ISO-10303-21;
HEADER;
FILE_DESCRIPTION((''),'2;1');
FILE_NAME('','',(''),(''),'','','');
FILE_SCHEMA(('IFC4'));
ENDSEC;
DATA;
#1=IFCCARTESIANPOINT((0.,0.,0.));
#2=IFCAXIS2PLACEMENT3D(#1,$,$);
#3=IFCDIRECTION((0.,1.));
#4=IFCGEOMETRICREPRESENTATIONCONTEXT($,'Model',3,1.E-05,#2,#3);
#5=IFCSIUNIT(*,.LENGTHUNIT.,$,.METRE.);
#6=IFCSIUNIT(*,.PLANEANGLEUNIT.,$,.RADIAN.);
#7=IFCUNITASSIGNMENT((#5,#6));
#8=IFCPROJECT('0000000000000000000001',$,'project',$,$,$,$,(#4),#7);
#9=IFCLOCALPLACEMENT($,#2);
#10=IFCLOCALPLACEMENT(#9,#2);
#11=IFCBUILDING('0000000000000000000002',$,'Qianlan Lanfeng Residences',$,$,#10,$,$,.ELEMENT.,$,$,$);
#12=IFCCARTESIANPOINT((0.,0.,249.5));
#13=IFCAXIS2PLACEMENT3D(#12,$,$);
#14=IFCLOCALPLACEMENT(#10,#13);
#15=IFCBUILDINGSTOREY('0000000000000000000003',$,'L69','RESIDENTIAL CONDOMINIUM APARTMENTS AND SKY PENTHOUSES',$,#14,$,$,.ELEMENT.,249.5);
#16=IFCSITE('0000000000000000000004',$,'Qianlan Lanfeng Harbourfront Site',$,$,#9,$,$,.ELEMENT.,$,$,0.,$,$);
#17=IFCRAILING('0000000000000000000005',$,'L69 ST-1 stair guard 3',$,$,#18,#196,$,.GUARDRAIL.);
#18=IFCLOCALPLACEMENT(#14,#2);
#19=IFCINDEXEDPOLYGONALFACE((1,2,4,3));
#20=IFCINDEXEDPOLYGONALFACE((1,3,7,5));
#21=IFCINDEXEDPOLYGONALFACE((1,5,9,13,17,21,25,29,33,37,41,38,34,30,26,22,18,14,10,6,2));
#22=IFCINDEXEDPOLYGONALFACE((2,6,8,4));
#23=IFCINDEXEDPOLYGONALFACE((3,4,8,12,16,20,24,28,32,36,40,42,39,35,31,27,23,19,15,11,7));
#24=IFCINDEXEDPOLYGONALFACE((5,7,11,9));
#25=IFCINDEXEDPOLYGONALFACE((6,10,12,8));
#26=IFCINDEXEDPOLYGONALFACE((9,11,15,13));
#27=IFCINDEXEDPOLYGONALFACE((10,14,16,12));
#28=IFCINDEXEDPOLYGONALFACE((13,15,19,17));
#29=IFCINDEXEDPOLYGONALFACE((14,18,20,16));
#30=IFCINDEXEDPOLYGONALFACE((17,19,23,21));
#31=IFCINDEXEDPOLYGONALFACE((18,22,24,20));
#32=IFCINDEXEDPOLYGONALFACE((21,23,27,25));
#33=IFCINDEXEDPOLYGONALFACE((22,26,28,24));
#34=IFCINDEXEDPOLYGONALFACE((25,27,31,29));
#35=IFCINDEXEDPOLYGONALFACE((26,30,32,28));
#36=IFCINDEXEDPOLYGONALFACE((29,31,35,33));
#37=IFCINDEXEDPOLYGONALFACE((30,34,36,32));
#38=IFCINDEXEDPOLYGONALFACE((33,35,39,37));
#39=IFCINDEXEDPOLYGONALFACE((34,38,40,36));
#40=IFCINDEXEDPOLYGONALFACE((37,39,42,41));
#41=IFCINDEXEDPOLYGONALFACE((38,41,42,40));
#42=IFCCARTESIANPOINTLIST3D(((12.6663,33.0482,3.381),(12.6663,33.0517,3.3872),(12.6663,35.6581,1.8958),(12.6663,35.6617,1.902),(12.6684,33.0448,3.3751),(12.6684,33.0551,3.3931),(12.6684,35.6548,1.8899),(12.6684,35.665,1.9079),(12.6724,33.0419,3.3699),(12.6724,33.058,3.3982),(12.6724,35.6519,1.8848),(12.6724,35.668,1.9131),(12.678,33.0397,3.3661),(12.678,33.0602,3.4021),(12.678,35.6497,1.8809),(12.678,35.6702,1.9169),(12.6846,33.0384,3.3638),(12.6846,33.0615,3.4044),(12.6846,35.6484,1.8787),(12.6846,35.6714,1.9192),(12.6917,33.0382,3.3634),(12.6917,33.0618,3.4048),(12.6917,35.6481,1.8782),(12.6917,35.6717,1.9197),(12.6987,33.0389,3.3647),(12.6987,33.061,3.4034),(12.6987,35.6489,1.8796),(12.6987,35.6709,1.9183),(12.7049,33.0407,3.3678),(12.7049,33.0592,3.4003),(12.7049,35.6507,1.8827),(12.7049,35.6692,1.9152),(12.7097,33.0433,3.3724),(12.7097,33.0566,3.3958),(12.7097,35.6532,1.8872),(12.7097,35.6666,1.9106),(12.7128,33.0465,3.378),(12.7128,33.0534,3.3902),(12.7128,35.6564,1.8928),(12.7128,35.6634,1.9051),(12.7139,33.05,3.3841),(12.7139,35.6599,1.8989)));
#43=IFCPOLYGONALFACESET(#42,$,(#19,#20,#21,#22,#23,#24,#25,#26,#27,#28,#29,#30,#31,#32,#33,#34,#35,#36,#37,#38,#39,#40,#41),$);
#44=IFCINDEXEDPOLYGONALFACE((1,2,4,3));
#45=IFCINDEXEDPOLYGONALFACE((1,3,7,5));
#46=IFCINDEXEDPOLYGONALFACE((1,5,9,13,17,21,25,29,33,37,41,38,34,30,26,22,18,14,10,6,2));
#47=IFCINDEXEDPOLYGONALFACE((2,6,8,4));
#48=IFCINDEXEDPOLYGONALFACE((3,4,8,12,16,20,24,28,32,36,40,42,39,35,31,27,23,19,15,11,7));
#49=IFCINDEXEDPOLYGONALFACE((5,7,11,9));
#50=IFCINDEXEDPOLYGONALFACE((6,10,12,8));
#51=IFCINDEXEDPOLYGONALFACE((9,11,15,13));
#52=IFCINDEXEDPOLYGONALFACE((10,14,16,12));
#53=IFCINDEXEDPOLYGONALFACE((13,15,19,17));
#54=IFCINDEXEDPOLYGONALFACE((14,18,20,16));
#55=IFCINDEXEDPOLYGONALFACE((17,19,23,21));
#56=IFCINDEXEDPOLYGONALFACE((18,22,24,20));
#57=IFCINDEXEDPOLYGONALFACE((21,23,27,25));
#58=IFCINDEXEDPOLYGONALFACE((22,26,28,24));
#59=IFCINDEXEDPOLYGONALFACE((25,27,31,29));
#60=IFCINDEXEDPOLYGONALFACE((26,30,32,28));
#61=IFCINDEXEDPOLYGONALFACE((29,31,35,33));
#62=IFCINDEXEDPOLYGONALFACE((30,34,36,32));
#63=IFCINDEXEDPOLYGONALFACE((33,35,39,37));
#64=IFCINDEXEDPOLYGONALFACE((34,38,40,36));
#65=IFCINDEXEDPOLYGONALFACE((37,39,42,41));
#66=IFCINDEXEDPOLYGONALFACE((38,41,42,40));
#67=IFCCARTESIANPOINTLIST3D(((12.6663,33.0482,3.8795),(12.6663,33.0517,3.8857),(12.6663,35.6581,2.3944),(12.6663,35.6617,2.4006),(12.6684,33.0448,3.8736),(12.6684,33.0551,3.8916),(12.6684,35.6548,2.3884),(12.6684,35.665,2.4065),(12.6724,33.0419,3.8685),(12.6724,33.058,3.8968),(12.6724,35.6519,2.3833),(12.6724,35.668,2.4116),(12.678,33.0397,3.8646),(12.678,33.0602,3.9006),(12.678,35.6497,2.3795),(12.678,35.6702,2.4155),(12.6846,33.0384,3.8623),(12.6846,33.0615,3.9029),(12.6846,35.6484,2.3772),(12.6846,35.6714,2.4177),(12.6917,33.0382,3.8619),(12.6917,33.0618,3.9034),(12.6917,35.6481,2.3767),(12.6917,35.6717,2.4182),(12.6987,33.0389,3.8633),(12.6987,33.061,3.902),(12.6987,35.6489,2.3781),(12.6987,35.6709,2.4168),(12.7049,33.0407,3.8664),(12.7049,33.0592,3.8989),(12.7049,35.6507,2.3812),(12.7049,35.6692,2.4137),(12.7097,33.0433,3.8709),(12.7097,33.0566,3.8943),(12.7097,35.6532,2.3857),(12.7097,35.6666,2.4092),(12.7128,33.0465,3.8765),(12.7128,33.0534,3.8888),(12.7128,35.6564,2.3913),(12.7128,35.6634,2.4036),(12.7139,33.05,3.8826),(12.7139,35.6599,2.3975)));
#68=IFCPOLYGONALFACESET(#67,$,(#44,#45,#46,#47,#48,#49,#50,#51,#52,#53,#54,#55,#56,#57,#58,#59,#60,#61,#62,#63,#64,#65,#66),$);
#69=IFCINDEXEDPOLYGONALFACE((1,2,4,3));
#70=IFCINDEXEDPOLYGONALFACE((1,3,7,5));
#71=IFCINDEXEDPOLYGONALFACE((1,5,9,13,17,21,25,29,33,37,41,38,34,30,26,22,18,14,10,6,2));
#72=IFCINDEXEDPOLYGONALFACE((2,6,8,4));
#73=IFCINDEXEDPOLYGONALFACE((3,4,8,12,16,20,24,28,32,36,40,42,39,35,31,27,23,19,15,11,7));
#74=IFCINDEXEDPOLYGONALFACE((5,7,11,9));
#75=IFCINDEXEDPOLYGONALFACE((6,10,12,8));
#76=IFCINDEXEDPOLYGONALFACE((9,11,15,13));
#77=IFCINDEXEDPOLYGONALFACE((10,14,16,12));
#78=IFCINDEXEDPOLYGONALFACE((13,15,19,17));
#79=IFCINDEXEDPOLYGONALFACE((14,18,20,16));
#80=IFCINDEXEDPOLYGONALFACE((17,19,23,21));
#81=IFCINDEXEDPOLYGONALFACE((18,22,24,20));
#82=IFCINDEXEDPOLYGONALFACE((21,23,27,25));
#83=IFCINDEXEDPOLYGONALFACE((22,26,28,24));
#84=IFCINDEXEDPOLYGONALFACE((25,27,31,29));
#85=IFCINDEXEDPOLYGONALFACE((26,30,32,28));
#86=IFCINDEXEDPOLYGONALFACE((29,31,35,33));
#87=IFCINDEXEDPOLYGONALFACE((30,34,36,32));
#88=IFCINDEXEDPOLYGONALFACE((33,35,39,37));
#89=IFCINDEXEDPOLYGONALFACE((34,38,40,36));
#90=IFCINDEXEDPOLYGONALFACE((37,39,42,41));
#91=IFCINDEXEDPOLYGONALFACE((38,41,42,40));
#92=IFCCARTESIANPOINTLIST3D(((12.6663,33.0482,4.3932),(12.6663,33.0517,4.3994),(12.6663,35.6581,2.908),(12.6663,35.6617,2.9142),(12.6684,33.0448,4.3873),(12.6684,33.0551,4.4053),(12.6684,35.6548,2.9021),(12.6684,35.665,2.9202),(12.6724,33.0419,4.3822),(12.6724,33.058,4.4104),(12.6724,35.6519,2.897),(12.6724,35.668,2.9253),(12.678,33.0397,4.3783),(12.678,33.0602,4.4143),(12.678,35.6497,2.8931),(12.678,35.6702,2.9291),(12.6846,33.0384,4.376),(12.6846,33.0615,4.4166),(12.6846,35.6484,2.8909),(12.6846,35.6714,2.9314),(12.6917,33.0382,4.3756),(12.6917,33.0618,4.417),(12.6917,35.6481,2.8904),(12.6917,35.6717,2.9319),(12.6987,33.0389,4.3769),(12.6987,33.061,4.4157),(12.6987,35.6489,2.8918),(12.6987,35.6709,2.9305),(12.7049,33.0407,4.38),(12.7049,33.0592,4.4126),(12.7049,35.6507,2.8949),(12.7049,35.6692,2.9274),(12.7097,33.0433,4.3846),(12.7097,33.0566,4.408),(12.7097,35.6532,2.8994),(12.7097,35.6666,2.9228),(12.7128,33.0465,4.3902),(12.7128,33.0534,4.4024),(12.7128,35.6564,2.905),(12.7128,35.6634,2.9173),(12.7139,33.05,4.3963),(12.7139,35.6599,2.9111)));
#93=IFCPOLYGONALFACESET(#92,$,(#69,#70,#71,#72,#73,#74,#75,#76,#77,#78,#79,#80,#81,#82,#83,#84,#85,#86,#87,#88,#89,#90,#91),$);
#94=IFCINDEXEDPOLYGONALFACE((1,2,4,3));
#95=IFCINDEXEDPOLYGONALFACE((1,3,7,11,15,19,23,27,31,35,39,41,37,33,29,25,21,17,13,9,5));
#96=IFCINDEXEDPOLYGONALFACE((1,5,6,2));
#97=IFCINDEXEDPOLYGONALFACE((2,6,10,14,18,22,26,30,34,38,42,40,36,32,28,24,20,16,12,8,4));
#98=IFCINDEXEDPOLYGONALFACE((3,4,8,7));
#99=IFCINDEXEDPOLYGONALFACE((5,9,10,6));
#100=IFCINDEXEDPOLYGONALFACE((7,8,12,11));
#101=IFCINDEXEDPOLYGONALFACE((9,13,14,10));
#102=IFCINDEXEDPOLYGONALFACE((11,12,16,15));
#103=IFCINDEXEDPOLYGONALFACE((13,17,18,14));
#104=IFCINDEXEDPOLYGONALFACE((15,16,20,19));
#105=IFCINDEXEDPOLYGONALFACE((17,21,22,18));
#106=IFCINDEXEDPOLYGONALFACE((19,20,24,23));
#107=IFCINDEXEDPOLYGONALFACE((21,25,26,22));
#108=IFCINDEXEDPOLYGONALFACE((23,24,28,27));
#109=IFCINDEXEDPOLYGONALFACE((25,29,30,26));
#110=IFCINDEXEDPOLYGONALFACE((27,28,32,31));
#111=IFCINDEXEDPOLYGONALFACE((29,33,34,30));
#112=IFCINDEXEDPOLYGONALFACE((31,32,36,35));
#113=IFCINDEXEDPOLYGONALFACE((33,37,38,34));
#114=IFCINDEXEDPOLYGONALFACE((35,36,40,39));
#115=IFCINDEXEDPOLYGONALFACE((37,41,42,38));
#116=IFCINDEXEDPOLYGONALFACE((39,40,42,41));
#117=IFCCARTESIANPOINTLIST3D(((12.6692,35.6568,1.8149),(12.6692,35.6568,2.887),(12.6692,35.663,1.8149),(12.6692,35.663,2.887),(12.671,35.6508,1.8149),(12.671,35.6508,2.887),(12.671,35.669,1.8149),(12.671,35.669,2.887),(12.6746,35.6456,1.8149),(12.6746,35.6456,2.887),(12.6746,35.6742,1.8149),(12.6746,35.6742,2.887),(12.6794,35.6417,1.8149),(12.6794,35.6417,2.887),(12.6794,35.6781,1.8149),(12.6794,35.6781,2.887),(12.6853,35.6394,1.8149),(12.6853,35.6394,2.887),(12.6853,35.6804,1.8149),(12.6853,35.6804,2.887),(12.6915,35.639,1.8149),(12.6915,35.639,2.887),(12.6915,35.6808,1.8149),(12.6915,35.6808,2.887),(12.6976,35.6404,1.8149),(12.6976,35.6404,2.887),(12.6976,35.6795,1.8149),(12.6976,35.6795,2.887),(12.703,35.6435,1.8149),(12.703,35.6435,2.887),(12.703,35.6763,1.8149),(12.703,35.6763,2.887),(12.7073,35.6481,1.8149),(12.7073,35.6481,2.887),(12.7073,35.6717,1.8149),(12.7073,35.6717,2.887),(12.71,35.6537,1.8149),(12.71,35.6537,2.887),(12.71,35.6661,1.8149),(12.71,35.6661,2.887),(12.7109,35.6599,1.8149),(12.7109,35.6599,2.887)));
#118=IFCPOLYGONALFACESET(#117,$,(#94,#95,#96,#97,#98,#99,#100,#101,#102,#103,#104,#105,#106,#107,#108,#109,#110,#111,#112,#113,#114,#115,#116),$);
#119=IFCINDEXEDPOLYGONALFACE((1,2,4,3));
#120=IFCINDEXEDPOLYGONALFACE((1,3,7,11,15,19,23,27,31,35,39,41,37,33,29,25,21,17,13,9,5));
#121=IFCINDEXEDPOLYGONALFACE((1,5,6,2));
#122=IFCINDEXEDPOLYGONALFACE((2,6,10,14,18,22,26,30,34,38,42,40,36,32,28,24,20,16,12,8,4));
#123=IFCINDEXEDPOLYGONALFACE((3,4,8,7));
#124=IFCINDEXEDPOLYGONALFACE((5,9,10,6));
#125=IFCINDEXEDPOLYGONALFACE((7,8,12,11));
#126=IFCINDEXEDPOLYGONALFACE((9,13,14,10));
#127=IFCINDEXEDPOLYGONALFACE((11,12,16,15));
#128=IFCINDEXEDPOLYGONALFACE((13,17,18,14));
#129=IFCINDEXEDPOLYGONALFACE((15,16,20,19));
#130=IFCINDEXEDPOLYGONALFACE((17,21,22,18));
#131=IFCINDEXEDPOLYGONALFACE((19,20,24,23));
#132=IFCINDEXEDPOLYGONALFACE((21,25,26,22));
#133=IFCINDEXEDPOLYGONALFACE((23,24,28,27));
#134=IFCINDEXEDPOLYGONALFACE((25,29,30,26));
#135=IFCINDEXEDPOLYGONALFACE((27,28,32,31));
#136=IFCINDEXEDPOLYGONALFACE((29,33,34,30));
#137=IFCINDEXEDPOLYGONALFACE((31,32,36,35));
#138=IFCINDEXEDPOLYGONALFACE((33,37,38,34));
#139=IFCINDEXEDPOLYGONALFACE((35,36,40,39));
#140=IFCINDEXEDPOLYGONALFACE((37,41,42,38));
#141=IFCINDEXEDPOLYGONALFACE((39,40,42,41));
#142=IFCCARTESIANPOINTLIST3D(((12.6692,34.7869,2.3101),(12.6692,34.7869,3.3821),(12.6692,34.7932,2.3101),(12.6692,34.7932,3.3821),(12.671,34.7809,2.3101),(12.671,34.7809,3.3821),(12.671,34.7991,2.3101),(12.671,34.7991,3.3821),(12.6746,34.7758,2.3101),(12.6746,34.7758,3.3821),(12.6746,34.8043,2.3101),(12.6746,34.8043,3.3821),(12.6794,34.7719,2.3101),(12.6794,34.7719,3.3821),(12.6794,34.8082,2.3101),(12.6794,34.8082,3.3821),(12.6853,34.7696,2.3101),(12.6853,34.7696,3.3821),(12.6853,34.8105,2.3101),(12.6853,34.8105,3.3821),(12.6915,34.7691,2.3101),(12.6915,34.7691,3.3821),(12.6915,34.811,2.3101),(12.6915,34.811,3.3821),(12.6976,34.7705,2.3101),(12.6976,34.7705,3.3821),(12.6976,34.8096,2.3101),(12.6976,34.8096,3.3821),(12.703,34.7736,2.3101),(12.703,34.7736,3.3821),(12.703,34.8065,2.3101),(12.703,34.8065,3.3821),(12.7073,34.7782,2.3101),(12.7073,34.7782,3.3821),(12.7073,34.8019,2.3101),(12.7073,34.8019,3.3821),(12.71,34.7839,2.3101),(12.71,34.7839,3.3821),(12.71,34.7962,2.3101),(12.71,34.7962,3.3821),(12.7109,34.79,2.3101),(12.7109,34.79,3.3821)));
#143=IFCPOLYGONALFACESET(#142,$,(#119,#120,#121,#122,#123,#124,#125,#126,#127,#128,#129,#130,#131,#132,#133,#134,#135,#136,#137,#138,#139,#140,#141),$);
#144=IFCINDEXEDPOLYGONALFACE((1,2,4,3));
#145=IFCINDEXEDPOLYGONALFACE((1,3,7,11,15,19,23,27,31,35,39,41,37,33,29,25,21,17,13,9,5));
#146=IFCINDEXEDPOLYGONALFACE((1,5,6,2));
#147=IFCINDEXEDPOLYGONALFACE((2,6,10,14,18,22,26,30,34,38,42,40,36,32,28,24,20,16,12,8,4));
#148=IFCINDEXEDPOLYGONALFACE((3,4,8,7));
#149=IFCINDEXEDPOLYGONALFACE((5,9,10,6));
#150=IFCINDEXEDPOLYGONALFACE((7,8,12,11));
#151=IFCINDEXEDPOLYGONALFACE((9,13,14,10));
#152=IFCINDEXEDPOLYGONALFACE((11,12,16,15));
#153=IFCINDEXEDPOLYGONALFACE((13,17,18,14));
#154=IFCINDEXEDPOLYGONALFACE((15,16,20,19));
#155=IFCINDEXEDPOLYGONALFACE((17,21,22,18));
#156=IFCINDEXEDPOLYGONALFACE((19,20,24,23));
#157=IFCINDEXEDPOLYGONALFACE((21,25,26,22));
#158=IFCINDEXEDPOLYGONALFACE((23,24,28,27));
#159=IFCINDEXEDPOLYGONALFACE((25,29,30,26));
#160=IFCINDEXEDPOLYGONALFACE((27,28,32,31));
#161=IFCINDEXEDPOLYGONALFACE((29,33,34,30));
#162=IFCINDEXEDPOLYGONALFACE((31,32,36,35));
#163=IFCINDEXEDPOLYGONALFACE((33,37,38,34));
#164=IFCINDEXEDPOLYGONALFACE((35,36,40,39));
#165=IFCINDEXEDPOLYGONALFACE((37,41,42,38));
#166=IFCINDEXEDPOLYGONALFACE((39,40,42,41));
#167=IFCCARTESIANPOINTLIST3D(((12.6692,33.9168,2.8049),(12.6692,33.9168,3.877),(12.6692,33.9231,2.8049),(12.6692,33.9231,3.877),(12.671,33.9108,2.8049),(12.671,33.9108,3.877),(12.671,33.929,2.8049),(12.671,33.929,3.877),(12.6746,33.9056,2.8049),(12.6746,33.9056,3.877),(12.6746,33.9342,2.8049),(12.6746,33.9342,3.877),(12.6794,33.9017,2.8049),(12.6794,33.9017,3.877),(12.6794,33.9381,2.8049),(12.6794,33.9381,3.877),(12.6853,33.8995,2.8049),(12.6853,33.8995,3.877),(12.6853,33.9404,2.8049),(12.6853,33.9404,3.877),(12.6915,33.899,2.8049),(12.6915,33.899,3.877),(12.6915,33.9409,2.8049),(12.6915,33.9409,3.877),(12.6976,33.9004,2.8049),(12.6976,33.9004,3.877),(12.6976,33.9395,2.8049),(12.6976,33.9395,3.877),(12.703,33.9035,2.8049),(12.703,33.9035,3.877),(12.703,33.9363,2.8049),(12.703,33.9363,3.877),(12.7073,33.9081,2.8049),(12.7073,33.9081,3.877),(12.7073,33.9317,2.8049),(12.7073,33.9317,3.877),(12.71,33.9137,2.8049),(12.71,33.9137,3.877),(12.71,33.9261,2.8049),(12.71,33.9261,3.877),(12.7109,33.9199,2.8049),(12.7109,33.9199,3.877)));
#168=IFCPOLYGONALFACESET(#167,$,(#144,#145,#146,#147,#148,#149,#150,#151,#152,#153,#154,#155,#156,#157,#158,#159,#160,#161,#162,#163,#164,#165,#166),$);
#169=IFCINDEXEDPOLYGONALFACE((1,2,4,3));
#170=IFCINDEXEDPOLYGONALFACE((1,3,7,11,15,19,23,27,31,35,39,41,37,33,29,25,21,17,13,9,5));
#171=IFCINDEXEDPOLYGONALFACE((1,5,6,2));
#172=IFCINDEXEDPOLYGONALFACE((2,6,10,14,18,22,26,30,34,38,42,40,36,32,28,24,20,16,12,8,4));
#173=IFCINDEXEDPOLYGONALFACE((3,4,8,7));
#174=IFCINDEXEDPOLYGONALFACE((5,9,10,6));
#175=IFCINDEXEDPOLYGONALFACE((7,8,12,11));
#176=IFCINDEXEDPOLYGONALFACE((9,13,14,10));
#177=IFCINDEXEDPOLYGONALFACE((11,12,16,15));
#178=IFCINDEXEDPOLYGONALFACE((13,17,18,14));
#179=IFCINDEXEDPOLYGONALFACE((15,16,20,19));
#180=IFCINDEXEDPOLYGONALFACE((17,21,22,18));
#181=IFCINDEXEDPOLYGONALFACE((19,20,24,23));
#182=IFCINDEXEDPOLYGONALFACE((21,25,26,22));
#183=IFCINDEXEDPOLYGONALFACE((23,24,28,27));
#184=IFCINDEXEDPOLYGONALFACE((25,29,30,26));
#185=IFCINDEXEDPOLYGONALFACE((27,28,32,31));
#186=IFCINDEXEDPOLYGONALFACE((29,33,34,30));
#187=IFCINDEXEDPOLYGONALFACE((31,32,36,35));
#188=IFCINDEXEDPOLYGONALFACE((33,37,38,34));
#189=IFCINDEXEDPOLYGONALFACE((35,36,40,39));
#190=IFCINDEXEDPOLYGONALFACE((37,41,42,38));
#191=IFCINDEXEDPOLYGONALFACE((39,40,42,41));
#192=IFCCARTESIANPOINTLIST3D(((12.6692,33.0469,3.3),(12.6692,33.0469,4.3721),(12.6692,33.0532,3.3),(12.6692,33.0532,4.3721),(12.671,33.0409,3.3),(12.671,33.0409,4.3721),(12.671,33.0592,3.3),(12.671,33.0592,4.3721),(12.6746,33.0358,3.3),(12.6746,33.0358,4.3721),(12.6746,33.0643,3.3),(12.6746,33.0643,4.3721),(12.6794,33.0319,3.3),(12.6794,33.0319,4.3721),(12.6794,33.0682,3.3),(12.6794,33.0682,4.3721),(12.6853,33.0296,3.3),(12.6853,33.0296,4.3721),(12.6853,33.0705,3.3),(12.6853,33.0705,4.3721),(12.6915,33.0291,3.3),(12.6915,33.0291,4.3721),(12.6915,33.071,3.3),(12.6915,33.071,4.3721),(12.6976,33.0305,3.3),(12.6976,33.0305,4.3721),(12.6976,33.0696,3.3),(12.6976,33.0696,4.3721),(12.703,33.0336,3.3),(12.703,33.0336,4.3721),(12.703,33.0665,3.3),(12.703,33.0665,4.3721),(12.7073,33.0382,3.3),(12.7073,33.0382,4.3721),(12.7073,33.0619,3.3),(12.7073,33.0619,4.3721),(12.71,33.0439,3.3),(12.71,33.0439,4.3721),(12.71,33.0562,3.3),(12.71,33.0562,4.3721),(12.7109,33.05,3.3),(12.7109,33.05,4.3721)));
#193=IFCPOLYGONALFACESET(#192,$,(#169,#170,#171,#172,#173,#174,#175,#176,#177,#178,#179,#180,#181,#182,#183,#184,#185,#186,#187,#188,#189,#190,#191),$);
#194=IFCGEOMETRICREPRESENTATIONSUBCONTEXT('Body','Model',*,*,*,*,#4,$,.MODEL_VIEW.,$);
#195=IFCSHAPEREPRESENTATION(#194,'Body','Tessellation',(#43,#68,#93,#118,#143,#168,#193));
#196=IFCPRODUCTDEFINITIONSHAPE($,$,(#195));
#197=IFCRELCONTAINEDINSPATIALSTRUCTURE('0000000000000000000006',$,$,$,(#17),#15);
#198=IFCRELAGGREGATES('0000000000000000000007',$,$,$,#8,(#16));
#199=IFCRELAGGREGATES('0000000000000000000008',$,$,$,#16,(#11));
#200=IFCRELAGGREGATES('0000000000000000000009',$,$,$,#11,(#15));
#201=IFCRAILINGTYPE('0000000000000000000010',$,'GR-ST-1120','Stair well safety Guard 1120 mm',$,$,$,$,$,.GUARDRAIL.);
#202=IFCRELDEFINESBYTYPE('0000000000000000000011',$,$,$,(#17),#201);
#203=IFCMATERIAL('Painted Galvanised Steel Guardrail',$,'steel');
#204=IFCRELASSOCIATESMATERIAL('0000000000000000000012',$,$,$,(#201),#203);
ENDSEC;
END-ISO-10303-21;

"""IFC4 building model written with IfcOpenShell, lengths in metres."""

from ifc_helpers import new_model, si_unit, direction, frame, origin, origin_2d, place, context, subcontext, project, spatial, circle, extrude, material, type_object, element, save


model = new_model("IFC4")

# Units and contexts
model_context = context("Model", 3, precision=1e-05, world=origin(), true_north=direction((0.0, 1.0)))
body_context = subcontext(model_context, "Body", "Model", "MODEL_VIEW")
ifc_project = project(units=[si_unit("LENGTHUNIT", "METRE"), si_unit("PLANEANGLEUNIT", "RADIAN")], contexts=[model_context])

# Site, building, storey
site_placement = place(None, origin())
site = spatial("IfcSite", under=ifc_project, at=site_placement, Name="Qianlan Lanfeng Harbourfront Site", CompositionType="ELEMENT", RefElevation=0.0)
building_placement = place(site_placement, origin())
building = spatial("IfcBuilding", under=site, at=building_placement, Name="Qianlan Lanfeng Residences", CompositionType="ELEMENT")
storey_placement = place(building_placement, frame((0.0, 0.0, 249.5)))
storey = spatial("IfcBuildingStorey", under=building, at=storey_placement, Name="L69", Description="RESIDENTIAL CONDOMINIUM APARTMENTS AND SKY PENTHOUSES", CompositionType="ELEMENT", Elevation=249.5)

# Railing
ifc_material_1 = material(Name="Painted Galvanised Steel Guardrail", Category="steel")
railing_type_1 = type_object("IfcRailingType", Name="GR-ST-1120", Description="Stair well safety Guard 1120 mm", PredefinedType="GUARDRAIL", material=ifc_material_1)
railing_1_placement = place(storey_placement, frame((12.6899, 35.6599, 1.8149)))
element("IfcRailing", 1, at=railing_1_placement, inside=storey, type_object=railing_type_1, Name="L69 ST-1 stair guard 3", PredefinedType="GUARDRAIL", context=body_context, shape_type="SweptSolid", body=[
    extrude(circle(Radius=0.0239, at=origin_2d()), frame((0.0, 0.0, 0.084), z_axis=(0.0, -0.869137, 0.494571), x_axis=(1.0, 0.0, 0.0)), (0.0, 0.0, 1.0), 3.0029),
    extrude(circle(Radius=0.0239, at=origin_2d()), frame((0.0, 0.0, 0.5825), z_axis=(0.0, -0.869137, 0.494571), x_axis=(1.0, 0.0, 0.0)), (0.0, 0.0, 1.0), 3.0029),
    extrude(circle(Radius=0.0239, at=origin_2d()), frame((0.0, 0.0, 1.0962), z_axis=(0.0, -0.869137, 0.494571), x_axis=(1.0, 0.0, 0.0)), (0.0, 0.0, 1.0), 3.0029),
    extrude(circle(Radius=0.021, at=origin_2d()), origin(), (0.0, 0.0, 1.0), 1.072),
    extrude(circle(Radius=0.021, at=origin_2d()), frame((0.0, -0.8699, 0.4951)), (0.0, 0.0, 1.0), 1.072),
    extrude(circle(Radius=0.021, at=origin_2d()), frame((0.0, -1.74, 0.99)), (0.0, 0.0, 1.0), 1.072),
    extrude(circle(Radius=0.021, at=origin_2d()), frame((0.0, -2.6099, 1.4851)), (0.0, 0.0, 1.0), 1.072),
])

save(model, "model.ifc")
